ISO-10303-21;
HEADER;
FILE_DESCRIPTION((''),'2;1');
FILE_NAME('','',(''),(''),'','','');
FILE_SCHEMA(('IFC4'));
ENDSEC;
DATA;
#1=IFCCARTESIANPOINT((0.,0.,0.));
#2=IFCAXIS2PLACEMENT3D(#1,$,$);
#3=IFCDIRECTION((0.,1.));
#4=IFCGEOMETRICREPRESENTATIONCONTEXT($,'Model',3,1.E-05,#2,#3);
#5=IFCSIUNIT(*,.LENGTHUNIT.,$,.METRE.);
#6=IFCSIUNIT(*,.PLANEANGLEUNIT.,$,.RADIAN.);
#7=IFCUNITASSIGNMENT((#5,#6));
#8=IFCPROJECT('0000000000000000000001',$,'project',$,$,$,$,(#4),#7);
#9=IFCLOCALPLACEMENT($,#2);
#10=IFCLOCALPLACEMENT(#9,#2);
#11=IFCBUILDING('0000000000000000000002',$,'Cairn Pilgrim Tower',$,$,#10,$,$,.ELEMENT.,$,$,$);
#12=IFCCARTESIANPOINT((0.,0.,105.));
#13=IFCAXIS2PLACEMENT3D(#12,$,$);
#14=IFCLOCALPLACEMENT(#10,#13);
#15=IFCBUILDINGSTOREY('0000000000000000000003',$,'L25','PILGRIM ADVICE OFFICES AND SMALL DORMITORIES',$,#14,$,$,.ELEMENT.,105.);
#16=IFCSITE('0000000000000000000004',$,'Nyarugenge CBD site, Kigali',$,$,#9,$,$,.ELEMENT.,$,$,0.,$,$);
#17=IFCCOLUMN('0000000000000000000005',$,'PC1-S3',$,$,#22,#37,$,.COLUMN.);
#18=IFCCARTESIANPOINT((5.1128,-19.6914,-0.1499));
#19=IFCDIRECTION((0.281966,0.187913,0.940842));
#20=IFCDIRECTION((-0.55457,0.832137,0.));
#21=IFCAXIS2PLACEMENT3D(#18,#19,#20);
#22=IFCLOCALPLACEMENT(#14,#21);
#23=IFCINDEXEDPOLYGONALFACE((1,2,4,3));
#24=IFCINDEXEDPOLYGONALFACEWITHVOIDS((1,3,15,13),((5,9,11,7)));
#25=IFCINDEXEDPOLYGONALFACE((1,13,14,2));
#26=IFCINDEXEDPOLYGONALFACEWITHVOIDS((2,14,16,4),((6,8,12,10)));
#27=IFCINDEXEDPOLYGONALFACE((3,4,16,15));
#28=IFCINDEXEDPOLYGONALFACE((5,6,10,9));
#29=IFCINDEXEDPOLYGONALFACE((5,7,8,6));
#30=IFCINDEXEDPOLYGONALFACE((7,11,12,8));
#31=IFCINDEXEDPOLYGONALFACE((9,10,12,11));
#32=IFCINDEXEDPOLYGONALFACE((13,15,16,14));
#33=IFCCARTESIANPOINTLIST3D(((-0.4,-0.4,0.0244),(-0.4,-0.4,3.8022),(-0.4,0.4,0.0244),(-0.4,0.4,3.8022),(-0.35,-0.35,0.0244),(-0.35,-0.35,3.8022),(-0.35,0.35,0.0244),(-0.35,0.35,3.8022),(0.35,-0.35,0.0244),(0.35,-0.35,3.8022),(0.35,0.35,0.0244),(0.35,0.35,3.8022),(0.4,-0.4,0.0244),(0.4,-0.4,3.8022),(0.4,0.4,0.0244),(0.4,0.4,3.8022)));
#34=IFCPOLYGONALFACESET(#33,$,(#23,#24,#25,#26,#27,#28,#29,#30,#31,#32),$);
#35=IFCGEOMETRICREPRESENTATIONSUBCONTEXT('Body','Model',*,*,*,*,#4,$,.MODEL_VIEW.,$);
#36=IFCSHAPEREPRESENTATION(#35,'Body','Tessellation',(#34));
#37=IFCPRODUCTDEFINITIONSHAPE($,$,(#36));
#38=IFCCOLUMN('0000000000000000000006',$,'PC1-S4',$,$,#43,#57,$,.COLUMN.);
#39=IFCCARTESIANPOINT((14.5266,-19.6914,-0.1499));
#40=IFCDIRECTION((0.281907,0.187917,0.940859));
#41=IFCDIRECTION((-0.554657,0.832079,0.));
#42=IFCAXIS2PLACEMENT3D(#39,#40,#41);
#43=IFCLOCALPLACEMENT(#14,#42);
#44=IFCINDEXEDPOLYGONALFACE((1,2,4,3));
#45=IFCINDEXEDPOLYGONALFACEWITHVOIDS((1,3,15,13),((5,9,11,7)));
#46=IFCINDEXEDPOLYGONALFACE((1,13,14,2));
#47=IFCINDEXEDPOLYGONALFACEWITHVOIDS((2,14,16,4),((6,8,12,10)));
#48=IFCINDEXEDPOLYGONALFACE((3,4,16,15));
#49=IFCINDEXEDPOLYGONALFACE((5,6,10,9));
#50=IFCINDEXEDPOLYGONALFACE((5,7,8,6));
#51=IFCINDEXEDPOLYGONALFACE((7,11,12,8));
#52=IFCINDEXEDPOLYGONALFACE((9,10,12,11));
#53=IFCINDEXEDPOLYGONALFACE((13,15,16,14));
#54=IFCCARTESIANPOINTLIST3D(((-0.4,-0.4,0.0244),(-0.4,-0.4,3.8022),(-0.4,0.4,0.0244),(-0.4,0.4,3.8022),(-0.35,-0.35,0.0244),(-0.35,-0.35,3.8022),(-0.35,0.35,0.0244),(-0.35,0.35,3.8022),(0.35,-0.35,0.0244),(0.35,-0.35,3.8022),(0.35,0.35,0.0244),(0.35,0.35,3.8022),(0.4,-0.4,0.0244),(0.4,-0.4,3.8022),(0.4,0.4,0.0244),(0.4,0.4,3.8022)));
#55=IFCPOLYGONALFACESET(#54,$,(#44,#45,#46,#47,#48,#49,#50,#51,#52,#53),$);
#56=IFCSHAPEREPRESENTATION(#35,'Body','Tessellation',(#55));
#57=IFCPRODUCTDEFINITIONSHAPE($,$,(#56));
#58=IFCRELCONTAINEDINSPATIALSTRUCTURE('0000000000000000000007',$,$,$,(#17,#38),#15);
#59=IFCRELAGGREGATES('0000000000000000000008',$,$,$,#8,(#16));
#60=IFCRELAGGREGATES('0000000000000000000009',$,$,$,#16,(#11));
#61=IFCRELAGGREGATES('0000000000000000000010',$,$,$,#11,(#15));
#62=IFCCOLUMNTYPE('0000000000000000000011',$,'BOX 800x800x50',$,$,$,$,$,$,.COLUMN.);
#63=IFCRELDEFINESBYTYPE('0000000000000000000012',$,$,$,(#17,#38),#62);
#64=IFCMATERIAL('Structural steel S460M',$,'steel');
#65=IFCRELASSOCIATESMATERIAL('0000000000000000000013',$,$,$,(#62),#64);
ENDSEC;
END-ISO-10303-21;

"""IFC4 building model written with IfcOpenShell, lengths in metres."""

from ifc_helpers import new_model, si_unit, direction, frame, origin, origin_2d, place, context, subcontext, project, spatial, hollow_rectangle, extrude, clip, halfspace, material, material_profile, profile_set, type_object, element, save


model = new_model("IFC4")

# Units and contexts
model_context = context("Model", 3, precision=1e-05, world=origin(), true_north=direction((0.0, 1.0)))
body_context = subcontext(model_context, "Body", "Model", "MODEL_VIEW")
ifc_project = project(units=[si_unit("LENGTHUNIT", "METRE"), si_unit("PLANEANGLEUNIT", "RADIAN")], contexts=[model_context])

# Site, building, storey
site_placement = place(None, origin())
site = spatial("IfcSite", under=ifc_project, at=site_placement, Name="Nyarugenge CBD site, Kigali", CompositionType="ELEMENT", RefElevation=0.0)
building_placement = place(site_placement, origin())
building = spatial("IfcBuilding", under=site, at=building_placement, Name="Cairn Pilgrim Tower", CompositionType="ELEMENT")
storey_placement = place(building_placement, frame((0.0, 0.0, 105.0)))
storey = spatial("IfcBuildingStorey", under=building, at=storey_placement, Name="L25", Description="PILGRIM ADVICE OFFICES AND SMALL DORMITORIES", CompositionType="ELEMENT", Elevation=105.0)

# Columns
ifc_material_1 = material(Name="Structural steel S460M", Category="steel")
ifc_material_profile_1 = material_profile(ifc_material_1, hollow_rectangle(XDim=0.8, YDim=0.8, WallThickness=0.05, at=origin_2d()), Name="BOX 800x800x50")
ifc_profile_set_1 = profile_set([ifc_material_profile_1], Name="Structural steel S460M")
column_type_1 = type_object("IfcColumnType", Name="BOX 800x800x50", PredefinedType="COLUMN", material=ifc_profile_set_1)
for number, where, z_axis, x_axis, name in (
    (1, (5.1128, -19.6914, -0.1499), (0.281966, 0.187913, 0.940842), (-0.55457, 0.832137, 0.0), "PC1-S3"),
    (2, (14.5266, -19.6914, -0.1499), (0.281907, 0.187917, 0.940859), (-0.554657, 0.832079, 0.0), "PC1-S4"),
):
    element("IfcColumn", number, at=place(storey_placement, frame(where, z_axis=z_axis, x_axis=x_axis)), inside=storey, type_object=column_type_1, Name=name, PredefinedType="COLUMN", context=body_context, shape_type="Clipping", body=[
        clip(clip(extrude(hollow_rectangle(XDim=0.8, YDim=0.8, WallThickness=0.05, at=origin_2d()), origin(), (0.0, 0.0, 1.0), 3.8262), halfspace(frame((0.0, 0.0, 0.0244), z_axis=(0.0, 0.0, 1.0), x_axis=(1.0, 0.0, 0.0)), True)), halfspace(frame((0.0, 0.0, 3.8022), z_axis=(0.0, 0.0, 1.0), x_axis=(1.0, 0.0, 0.0)), False)),
    ])

save(model, "model.ifc")
